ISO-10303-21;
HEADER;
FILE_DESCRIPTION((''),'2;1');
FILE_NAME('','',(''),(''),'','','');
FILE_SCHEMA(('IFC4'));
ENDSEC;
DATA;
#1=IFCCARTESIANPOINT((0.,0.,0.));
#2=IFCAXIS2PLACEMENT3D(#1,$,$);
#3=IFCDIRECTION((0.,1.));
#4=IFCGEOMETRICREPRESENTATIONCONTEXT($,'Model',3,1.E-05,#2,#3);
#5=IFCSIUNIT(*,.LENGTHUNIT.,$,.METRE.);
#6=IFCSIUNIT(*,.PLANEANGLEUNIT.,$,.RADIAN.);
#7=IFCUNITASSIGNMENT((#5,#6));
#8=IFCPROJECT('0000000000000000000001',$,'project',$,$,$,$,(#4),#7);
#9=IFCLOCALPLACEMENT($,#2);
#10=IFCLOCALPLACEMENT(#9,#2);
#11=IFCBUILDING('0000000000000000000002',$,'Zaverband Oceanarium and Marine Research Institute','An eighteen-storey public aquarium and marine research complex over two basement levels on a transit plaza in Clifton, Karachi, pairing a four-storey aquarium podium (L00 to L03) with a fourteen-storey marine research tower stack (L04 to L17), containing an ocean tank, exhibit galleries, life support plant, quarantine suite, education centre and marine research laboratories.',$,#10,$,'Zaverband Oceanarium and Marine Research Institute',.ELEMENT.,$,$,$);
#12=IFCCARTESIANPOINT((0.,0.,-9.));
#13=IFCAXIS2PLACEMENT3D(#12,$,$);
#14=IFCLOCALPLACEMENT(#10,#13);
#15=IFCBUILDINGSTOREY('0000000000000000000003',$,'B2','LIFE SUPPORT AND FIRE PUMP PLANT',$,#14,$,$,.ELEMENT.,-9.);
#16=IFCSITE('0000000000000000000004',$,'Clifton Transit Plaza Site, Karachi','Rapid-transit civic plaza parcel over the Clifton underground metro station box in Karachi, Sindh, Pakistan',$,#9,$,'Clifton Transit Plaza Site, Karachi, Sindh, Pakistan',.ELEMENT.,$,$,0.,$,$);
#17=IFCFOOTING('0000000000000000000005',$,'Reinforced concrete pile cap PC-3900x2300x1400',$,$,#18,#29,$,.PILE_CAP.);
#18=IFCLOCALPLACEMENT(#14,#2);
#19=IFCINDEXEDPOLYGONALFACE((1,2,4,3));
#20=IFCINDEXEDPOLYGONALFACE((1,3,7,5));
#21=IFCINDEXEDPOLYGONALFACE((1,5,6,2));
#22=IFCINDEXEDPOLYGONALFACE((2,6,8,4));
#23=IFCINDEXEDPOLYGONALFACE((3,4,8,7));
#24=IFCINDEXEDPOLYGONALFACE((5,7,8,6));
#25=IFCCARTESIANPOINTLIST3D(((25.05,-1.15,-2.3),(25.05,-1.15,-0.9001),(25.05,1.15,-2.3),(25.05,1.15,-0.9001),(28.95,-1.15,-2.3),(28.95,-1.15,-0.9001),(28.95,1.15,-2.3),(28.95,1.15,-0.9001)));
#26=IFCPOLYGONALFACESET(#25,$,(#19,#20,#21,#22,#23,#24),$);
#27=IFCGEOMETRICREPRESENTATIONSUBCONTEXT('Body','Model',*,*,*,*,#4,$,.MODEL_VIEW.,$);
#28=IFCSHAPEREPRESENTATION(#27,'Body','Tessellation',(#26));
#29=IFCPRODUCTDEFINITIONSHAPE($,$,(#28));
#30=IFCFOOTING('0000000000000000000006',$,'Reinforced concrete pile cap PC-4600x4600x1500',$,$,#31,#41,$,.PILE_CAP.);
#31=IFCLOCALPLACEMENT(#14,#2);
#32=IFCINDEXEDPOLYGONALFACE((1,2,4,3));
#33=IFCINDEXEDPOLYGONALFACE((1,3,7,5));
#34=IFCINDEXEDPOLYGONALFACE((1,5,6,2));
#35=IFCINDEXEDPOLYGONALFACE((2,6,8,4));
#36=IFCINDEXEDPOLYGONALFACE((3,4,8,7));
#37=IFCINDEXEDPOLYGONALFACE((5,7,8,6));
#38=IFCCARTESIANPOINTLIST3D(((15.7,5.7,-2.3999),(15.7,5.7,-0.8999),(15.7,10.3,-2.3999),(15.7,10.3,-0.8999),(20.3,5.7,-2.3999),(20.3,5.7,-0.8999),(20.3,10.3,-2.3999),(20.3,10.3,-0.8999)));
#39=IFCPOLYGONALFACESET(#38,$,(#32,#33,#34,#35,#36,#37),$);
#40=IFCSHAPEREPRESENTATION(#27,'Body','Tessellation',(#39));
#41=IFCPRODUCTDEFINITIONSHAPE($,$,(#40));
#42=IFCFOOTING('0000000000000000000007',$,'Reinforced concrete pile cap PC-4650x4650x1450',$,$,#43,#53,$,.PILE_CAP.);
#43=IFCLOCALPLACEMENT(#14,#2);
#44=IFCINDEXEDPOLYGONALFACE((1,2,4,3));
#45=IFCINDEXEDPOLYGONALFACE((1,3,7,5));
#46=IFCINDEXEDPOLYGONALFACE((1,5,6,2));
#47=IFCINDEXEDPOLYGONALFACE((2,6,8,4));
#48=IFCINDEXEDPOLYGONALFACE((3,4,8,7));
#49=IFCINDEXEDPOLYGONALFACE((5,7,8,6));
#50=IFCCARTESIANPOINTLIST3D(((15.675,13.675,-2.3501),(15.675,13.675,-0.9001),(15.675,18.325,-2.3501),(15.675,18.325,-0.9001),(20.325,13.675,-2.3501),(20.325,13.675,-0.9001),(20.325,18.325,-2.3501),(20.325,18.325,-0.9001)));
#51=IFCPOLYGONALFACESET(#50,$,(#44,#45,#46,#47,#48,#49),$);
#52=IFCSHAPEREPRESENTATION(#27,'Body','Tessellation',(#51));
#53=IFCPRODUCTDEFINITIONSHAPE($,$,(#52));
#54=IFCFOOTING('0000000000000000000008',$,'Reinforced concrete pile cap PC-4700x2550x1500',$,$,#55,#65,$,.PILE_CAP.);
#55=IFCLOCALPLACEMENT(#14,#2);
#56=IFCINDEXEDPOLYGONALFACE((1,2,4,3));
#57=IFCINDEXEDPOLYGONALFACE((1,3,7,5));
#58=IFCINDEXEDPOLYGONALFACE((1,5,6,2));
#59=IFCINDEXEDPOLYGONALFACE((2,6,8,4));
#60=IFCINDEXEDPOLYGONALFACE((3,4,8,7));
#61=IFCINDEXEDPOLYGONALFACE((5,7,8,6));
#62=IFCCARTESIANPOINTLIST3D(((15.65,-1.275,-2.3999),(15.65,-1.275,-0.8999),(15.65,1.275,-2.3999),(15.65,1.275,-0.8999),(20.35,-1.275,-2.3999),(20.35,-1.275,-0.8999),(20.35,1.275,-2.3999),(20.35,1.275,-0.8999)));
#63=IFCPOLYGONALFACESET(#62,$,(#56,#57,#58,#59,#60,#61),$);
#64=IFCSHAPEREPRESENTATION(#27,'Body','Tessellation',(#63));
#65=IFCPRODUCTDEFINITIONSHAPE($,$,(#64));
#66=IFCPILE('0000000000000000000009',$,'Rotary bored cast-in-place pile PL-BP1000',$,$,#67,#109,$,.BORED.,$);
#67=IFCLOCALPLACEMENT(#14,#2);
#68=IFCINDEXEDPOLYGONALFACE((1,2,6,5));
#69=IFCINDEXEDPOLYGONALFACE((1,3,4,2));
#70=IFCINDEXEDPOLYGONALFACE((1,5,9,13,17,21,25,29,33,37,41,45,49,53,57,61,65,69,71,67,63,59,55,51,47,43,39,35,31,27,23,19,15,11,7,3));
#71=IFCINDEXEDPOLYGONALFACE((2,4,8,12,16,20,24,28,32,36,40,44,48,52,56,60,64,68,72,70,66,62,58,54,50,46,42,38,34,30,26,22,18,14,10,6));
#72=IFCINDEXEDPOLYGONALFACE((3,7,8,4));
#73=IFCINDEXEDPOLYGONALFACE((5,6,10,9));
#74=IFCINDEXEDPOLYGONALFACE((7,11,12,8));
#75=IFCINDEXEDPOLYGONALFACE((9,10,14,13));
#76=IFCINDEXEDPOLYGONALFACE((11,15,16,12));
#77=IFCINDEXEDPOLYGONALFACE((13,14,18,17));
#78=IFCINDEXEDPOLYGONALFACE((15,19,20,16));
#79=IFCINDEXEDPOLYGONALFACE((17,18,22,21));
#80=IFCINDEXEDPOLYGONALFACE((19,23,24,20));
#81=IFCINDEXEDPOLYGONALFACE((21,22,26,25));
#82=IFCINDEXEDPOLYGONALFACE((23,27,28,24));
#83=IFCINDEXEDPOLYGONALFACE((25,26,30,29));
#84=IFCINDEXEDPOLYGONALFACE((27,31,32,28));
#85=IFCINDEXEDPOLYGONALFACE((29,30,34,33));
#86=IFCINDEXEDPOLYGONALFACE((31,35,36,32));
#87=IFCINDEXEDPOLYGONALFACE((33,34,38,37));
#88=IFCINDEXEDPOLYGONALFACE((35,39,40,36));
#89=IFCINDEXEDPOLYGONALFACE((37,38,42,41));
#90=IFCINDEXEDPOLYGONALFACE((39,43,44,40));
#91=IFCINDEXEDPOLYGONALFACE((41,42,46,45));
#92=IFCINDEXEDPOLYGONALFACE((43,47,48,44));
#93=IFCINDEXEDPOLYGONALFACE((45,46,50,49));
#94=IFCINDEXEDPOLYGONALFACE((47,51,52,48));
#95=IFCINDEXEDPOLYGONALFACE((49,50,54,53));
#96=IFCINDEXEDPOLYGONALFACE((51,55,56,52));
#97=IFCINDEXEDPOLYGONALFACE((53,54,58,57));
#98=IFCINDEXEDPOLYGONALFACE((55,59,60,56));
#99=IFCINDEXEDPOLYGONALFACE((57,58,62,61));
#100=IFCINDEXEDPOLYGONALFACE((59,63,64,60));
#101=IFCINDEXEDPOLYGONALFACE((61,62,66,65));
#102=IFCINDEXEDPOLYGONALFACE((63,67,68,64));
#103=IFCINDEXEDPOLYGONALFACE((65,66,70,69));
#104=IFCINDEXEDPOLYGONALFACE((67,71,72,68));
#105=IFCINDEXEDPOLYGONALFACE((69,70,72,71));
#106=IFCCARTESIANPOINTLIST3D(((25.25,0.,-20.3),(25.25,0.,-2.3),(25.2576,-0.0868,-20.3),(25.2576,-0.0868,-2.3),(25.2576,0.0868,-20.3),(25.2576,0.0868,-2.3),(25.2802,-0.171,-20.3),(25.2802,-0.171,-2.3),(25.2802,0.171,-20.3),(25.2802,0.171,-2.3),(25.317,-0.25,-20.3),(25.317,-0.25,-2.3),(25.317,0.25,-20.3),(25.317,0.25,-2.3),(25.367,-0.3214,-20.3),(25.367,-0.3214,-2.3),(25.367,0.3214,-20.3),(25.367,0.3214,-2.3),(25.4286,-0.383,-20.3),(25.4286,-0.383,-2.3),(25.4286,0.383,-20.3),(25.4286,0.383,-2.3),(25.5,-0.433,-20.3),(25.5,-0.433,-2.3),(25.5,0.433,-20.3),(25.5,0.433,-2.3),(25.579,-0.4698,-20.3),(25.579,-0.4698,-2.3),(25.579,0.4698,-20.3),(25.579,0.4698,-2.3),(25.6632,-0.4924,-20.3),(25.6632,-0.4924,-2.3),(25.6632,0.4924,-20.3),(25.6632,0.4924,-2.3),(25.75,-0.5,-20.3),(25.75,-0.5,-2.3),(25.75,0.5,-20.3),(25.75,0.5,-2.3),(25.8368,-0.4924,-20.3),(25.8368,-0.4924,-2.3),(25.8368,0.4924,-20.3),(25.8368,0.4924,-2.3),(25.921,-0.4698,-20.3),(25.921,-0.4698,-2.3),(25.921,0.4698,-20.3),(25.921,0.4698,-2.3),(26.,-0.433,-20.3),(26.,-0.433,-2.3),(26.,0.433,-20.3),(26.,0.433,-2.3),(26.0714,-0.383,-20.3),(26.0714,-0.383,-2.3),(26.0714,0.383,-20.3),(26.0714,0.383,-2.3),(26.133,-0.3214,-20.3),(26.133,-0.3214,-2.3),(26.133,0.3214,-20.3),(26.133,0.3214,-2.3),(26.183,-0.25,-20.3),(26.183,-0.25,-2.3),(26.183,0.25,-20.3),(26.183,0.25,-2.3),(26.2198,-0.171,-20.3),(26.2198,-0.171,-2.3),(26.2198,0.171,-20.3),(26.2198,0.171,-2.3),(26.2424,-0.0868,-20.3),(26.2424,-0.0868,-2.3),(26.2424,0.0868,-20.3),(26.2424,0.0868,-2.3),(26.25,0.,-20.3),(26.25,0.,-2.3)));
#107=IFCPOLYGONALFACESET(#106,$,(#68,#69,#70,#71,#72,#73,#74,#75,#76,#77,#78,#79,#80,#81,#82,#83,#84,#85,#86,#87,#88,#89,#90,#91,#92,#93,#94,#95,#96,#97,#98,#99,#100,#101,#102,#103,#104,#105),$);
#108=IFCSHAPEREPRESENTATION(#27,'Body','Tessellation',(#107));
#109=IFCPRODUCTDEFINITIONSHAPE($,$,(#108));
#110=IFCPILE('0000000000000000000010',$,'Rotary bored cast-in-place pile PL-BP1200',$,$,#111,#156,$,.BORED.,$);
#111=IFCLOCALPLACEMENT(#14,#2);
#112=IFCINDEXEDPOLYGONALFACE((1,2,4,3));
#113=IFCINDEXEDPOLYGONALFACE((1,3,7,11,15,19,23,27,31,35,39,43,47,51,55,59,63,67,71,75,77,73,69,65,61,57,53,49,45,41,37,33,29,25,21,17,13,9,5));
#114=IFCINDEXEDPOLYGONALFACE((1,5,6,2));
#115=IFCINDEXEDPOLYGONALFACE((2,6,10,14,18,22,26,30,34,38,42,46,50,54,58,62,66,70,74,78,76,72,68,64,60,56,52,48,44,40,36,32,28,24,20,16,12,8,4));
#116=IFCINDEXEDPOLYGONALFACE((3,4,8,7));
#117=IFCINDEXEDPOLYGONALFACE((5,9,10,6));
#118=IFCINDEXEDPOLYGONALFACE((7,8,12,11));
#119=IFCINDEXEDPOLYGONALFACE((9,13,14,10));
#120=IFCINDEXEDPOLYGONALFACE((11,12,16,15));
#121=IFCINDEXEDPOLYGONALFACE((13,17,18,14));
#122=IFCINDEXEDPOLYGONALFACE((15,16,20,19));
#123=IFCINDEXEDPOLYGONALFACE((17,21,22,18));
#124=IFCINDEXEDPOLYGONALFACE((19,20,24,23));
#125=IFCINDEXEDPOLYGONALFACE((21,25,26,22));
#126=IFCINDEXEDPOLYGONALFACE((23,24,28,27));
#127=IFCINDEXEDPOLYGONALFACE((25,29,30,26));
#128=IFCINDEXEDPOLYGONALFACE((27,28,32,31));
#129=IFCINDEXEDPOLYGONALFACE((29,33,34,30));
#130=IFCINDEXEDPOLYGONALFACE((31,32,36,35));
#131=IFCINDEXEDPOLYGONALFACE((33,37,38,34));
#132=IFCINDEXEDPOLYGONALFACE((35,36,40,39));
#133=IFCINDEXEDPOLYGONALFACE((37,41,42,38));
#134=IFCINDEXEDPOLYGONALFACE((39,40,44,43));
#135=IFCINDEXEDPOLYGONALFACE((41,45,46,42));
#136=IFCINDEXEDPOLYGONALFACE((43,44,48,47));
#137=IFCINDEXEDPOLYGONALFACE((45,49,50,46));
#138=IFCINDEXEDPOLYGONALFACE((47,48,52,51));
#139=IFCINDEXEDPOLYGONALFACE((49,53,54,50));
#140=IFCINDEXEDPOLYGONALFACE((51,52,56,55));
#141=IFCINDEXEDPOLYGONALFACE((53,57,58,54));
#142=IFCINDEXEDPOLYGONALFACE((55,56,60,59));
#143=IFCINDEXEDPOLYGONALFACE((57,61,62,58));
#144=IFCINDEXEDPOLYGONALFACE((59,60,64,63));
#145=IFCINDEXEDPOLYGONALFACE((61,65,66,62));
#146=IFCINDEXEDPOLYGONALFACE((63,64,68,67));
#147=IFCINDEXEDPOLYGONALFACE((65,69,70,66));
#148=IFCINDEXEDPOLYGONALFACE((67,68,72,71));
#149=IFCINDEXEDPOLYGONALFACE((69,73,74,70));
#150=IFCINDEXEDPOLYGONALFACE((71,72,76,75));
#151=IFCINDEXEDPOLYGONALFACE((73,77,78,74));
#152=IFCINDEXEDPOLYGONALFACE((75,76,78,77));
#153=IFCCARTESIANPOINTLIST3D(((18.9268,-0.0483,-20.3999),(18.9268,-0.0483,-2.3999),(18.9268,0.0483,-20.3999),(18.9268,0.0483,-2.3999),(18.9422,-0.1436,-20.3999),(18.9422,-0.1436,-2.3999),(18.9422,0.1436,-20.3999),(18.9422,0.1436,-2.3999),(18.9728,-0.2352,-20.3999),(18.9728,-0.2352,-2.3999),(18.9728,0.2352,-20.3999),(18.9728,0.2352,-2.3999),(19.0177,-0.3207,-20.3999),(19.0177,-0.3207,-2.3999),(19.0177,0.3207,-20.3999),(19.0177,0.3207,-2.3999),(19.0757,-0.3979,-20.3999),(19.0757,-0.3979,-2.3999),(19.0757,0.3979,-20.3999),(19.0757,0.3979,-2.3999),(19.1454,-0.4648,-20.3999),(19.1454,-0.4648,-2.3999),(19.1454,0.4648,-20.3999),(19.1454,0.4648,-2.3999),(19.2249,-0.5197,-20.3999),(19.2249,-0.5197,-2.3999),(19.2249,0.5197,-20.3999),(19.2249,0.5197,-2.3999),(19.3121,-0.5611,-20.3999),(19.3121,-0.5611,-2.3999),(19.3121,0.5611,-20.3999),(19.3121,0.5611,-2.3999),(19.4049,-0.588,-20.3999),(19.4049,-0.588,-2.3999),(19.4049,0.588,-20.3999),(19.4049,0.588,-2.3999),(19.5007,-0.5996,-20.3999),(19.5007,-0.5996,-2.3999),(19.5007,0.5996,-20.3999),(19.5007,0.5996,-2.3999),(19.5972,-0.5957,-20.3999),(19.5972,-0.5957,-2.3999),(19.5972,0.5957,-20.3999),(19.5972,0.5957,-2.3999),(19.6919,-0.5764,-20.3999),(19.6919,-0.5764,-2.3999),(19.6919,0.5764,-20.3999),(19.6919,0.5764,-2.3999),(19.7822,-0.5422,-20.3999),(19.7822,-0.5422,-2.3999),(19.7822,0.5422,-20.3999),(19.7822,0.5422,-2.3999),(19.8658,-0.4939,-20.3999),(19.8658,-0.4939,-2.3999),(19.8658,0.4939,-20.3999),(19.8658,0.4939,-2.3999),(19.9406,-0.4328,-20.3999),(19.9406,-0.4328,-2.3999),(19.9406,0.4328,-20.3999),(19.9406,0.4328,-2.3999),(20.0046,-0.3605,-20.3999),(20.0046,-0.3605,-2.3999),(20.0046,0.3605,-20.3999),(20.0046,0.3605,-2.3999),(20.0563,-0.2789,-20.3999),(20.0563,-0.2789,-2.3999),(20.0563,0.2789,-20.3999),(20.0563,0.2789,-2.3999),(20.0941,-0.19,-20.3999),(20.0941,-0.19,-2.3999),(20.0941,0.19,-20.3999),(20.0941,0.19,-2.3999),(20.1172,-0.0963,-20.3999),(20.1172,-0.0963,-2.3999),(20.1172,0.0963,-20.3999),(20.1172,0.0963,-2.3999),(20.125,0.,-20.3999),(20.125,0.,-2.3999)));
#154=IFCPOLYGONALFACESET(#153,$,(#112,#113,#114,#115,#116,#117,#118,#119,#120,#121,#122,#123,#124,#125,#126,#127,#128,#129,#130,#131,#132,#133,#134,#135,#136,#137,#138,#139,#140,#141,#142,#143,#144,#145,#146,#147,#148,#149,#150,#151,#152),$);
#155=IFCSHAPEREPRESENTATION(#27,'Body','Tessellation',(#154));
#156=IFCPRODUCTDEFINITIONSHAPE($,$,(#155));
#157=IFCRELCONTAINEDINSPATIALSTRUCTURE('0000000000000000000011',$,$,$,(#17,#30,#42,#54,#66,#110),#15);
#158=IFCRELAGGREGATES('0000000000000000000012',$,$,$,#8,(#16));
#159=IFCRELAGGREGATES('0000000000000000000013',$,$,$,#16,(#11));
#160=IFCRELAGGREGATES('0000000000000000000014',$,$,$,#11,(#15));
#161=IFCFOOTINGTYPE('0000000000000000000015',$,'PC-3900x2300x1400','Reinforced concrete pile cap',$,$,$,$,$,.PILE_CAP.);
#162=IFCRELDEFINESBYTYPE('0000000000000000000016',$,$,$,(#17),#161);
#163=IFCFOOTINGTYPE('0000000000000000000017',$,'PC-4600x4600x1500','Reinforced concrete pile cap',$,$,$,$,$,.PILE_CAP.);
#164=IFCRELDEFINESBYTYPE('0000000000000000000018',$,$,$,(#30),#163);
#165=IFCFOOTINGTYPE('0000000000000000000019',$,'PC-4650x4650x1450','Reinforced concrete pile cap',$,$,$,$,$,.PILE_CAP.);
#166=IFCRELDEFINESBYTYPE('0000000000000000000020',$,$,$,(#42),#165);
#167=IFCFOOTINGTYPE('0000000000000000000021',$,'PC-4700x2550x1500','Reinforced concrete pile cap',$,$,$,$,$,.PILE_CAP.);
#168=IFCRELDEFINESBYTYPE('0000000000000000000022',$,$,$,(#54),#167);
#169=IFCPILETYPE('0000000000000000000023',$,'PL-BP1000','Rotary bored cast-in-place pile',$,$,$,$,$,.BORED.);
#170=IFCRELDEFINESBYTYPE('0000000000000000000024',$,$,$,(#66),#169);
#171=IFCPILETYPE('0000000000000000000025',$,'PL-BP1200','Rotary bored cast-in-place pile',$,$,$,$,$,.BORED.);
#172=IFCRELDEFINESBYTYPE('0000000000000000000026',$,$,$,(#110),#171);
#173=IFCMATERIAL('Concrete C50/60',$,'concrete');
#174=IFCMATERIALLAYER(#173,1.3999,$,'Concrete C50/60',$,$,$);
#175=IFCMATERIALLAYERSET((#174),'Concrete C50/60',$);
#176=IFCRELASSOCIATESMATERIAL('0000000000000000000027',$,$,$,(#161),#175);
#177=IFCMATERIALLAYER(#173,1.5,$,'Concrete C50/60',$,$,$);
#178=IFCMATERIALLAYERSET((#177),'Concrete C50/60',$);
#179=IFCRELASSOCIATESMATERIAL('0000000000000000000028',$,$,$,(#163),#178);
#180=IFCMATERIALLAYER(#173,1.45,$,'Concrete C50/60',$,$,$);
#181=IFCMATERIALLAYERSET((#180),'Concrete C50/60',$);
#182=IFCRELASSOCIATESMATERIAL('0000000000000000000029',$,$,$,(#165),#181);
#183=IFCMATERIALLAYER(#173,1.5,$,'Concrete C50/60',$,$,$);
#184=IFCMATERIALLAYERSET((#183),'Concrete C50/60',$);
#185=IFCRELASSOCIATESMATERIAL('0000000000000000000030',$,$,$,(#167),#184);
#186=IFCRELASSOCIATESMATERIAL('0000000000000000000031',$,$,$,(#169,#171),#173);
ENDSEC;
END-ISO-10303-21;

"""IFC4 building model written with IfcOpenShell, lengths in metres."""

from ifc_helpers import new_model, si_unit, direction, frame, origin, origin_2d, place, context, subcontext, project, spatial, rectangle, circle, extrude, material, layer, layer_set, material_profile, profile_set, type_object, element, save


model = new_model("IFC4")

# Units and contexts
model_context = context("Model", 3, precision=1e-05, world=origin(), true_north=direction((0.0, 1.0)))
body_context = subcontext(model_context, "Body", "Model", "MODEL_VIEW")
ifc_project = project(units=[si_unit("LENGTHUNIT", "METRE"), si_unit("PLANEANGLEUNIT", "RADIAN")], contexts=[model_context])

# Site, building, storey
site_placement = place(None, origin())
site = spatial("IfcSite", under=ifc_project, at=site_placement, Name="Clifton Transit Plaza Site, Karachi", Description="Rapid-transit civic plaza parcel over the Clifton underground metro station box in Karachi, Sindh, Pakistan", LongName="Clifton Transit Plaza Site, Karachi, Sindh, Pakistan", CompositionType="ELEMENT", RefElevation=0.0)
building_placement = place(site_placement, origin())
building = spatial("IfcBuilding", under=site, at=building_placement, Name="Zaverband Oceanarium and Marine Research Institute", Description="An eighteen-storey public aquarium and marine research complex over two basement levels on a transit plaza in Clifton, Karachi, pairing a four-storey aquarium podium (L00 to L03) with a fourteen-storey marine research tower stack (L04 to L17), containing an ocean tank, exhibit galleries, life support plant, quarantine suite, education centre and marine research laboratories.", LongName="Zaverband Oceanarium and Marine Research Institute", CompositionType="ELEMENT")
storey_placement = place(building_placement, frame((0.0, 0.0, -9.0)))
storey = spatial("IfcBuildingStorey", under=building, at=storey_placement, Name="B2", Description="LIFE SUPPORT AND FIRE PUMP PLANT", CompositionType="ELEMENT", Elevation=-9.0)

# Footings
ifc_material_1 = material(Name="Concrete C50/60", Category="concrete")
ifc_layer_1 = layer(ifc_material_1, 1.3999, Name="Concrete C50/60")
ifc_layer_set_1 = layer_set([ifc_layer_1], Name="Concrete C50/60")
footing_type_1 = type_object("IfcFootingType", Name="PC-3900x2300x1400", Description="Reinforced concrete pile cap", PredefinedType="PILE_CAP", material=ifc_layer_set_1)
footing_1_placement = place(storey_placement, frame((27.0, 0.0, -2.3), z_axis=(0.0, 0.0, 1.0), x_axis=(1.0, 0.0, 0.0)))
element("IfcFooting", 1, at=footing_1_placement, inside=storey, type_object=footing_type_1, Name="Reinforced concrete pile cap PC-3900x2300x1400", PredefinedType="PILE_CAP", context=body_context, shape_type="SweptSolid", body=[
    extrude(rectangle(XDim=3.8999, YDim=2.3, at=origin_2d()), origin(), (0.0, 0.0, 1.0), 1.3999),
])
ifc_layer_2 = layer(ifc_material_1, 1.5, Name="Concrete C50/60")
ifc_layer_set_2 = layer_set([ifc_layer_2], Name="Concrete C50/60")
footing_type_2 = type_object("IfcFootingType", Name="PC-4600x4600x1500", Description="Reinforced concrete pile cap", PredefinedType="PILE_CAP", material=ifc_layer_set_2)
footing_2_placement = place(storey_placement, frame((18.0, 8.0, -2.3999), z_axis=(0.0, 0.0, 1.0), x_axis=(1.0, 0.0, 0.0)))
element("IfcFooting", 2, at=footing_2_placement, inside=storey, type_object=footing_type_2, Name="Reinforced concrete pile cap PC-4600x4600x1500", PredefinedType="PILE_CAP", context=body_context, shape_type="SweptSolid", body=[
    extrude(rectangle(XDim=4.6001, YDim=4.6001, at=origin_2d()), origin(), (0.0, 0.0, 1.0), 1.5),
])
ifc_layer_3 = layer(ifc_material_1, 1.45, Name="Concrete C50/60")
ifc_layer_set_3 = layer_set([ifc_layer_3], Name="Concrete C50/60")
footing_type_3 = type_object("IfcFootingType", Name="PC-4650x4650x1450", Description="Reinforced concrete pile cap", PredefinedType="PILE_CAP", material=ifc_layer_set_3)
footing_3_placement = place(storey_placement, frame((18.0, 16.0, -2.3501), z_axis=(0.0, 0.0, 1.0), x_axis=(1.0, 0.0, 0.0)))
element("IfcFooting", 3, at=footing_3_placement, inside=storey, type_object=footing_type_3, Name="Reinforced concrete pile cap PC-4650x4650x1450", PredefinedType="PILE_CAP", context=body_context, shape_type="SweptSolid", body=[
    extrude(rectangle(XDim=4.6499, YDim=4.6499, at=origin_2d()), origin(), (0.0, 0.0, 1.0), 1.45),
])
ifc_layer_4 = layer(ifc_material_1, 1.5, Name="Concrete C50/60")
ifc_layer_set_4 = layer_set([ifc_layer_4], Name="Concrete C50/60")
footing_type_4 = type_object("IfcFootingType", Name="PC-4700x2550x1500", Description="Reinforced concrete pile cap", PredefinedType="PILE_CAP", material=ifc_layer_set_4)
footing_4_placement = place(storey_placement, frame((18.0, 0.0, -2.3999), z_axis=(0.0, 0.0, 1.0), x_axis=(1.0, 0.0, 0.0)))
element("IfcFooting", 4, at=footing_4_placement, inside=storey, type_object=footing_type_4, Name="Reinforced concrete pile cap PC-4700x2550x1500", PredefinedType="PILE_CAP", context=body_context, shape_type="SweptSolid", body=[
    extrude(rectangle(XDim=4.7, YDim=2.55, at=origin_2d()), origin(), (0.0, 0.0, 1.0), 1.5),
])

# Piles
ifc_material_profile_1 = material_profile(ifc_material_1, circle(Radius=0.5, at=origin_2d()), Name="BP1000")
ifc_profile_set_1 = profile_set([ifc_material_profile_1], Name="Concrete C50/60")
pile_type_1 = type_object("IfcPileType", Name="PL-BP1000", Description="Rotary bored cast-in-place pile", PredefinedType="BORED", material=ifc_profile_set_1)
pile_placement = place(storey_placement, frame((25.75, 0.0, -2.3), z_axis=(0.0, 0.0, -1.0), x_axis=(1.0, 0.0, 0.0)))
element("IfcPile", 5, at=pile_placement, inside=storey, type_object=pile_type_1, Name="Rotary bored cast-in-place pile PL-BP1000", PredefinedType="BORED", context=body_context, shape_type="SweptSolid", body=[
    extrude(circle(Radius=0.5, at=origin_2d()), origin(), (0.0, 0.0, 1.0), 18.0),
])
ifc_material_profile_2 = material_profile(ifc_material_1, circle(Radius=0.6001, at=origin_2d()), Name="BP1200")
ifc_profile_set_2 = profile_set([ifc_material_profile_2], Name="Concrete C50/60")
pile_type_2 = type_object("IfcPileType", Name="PL-BP1200", Description="Rotary bored cast-in-place pile", PredefinedType="BORED", material=ifc_profile_set_2)
for number, where, z_axis, x_axis, name in (
    (6, (19.5249, 0.0, -2.3999), (0.0, 0.0, -1.0), (1.0, 0.0, 0.0), "Rotary bored cast-in-place pile PL-BP1200"),
):
    element("IfcPile", number, at=place(storey_placement, frame(where, z_axis=z_axis, x_axis=x_axis)), inside=storey, type_object=pile_type_2, Name=name, PredefinedType="BORED", context=body_context, shape_type="SweptSolid", body=[
        extrude(circle(Radius=0.6001, at=origin_2d()), origin(), (0.0, 0.0, 1.0), 18.0),
    ])

save(model, "model.ifc")
